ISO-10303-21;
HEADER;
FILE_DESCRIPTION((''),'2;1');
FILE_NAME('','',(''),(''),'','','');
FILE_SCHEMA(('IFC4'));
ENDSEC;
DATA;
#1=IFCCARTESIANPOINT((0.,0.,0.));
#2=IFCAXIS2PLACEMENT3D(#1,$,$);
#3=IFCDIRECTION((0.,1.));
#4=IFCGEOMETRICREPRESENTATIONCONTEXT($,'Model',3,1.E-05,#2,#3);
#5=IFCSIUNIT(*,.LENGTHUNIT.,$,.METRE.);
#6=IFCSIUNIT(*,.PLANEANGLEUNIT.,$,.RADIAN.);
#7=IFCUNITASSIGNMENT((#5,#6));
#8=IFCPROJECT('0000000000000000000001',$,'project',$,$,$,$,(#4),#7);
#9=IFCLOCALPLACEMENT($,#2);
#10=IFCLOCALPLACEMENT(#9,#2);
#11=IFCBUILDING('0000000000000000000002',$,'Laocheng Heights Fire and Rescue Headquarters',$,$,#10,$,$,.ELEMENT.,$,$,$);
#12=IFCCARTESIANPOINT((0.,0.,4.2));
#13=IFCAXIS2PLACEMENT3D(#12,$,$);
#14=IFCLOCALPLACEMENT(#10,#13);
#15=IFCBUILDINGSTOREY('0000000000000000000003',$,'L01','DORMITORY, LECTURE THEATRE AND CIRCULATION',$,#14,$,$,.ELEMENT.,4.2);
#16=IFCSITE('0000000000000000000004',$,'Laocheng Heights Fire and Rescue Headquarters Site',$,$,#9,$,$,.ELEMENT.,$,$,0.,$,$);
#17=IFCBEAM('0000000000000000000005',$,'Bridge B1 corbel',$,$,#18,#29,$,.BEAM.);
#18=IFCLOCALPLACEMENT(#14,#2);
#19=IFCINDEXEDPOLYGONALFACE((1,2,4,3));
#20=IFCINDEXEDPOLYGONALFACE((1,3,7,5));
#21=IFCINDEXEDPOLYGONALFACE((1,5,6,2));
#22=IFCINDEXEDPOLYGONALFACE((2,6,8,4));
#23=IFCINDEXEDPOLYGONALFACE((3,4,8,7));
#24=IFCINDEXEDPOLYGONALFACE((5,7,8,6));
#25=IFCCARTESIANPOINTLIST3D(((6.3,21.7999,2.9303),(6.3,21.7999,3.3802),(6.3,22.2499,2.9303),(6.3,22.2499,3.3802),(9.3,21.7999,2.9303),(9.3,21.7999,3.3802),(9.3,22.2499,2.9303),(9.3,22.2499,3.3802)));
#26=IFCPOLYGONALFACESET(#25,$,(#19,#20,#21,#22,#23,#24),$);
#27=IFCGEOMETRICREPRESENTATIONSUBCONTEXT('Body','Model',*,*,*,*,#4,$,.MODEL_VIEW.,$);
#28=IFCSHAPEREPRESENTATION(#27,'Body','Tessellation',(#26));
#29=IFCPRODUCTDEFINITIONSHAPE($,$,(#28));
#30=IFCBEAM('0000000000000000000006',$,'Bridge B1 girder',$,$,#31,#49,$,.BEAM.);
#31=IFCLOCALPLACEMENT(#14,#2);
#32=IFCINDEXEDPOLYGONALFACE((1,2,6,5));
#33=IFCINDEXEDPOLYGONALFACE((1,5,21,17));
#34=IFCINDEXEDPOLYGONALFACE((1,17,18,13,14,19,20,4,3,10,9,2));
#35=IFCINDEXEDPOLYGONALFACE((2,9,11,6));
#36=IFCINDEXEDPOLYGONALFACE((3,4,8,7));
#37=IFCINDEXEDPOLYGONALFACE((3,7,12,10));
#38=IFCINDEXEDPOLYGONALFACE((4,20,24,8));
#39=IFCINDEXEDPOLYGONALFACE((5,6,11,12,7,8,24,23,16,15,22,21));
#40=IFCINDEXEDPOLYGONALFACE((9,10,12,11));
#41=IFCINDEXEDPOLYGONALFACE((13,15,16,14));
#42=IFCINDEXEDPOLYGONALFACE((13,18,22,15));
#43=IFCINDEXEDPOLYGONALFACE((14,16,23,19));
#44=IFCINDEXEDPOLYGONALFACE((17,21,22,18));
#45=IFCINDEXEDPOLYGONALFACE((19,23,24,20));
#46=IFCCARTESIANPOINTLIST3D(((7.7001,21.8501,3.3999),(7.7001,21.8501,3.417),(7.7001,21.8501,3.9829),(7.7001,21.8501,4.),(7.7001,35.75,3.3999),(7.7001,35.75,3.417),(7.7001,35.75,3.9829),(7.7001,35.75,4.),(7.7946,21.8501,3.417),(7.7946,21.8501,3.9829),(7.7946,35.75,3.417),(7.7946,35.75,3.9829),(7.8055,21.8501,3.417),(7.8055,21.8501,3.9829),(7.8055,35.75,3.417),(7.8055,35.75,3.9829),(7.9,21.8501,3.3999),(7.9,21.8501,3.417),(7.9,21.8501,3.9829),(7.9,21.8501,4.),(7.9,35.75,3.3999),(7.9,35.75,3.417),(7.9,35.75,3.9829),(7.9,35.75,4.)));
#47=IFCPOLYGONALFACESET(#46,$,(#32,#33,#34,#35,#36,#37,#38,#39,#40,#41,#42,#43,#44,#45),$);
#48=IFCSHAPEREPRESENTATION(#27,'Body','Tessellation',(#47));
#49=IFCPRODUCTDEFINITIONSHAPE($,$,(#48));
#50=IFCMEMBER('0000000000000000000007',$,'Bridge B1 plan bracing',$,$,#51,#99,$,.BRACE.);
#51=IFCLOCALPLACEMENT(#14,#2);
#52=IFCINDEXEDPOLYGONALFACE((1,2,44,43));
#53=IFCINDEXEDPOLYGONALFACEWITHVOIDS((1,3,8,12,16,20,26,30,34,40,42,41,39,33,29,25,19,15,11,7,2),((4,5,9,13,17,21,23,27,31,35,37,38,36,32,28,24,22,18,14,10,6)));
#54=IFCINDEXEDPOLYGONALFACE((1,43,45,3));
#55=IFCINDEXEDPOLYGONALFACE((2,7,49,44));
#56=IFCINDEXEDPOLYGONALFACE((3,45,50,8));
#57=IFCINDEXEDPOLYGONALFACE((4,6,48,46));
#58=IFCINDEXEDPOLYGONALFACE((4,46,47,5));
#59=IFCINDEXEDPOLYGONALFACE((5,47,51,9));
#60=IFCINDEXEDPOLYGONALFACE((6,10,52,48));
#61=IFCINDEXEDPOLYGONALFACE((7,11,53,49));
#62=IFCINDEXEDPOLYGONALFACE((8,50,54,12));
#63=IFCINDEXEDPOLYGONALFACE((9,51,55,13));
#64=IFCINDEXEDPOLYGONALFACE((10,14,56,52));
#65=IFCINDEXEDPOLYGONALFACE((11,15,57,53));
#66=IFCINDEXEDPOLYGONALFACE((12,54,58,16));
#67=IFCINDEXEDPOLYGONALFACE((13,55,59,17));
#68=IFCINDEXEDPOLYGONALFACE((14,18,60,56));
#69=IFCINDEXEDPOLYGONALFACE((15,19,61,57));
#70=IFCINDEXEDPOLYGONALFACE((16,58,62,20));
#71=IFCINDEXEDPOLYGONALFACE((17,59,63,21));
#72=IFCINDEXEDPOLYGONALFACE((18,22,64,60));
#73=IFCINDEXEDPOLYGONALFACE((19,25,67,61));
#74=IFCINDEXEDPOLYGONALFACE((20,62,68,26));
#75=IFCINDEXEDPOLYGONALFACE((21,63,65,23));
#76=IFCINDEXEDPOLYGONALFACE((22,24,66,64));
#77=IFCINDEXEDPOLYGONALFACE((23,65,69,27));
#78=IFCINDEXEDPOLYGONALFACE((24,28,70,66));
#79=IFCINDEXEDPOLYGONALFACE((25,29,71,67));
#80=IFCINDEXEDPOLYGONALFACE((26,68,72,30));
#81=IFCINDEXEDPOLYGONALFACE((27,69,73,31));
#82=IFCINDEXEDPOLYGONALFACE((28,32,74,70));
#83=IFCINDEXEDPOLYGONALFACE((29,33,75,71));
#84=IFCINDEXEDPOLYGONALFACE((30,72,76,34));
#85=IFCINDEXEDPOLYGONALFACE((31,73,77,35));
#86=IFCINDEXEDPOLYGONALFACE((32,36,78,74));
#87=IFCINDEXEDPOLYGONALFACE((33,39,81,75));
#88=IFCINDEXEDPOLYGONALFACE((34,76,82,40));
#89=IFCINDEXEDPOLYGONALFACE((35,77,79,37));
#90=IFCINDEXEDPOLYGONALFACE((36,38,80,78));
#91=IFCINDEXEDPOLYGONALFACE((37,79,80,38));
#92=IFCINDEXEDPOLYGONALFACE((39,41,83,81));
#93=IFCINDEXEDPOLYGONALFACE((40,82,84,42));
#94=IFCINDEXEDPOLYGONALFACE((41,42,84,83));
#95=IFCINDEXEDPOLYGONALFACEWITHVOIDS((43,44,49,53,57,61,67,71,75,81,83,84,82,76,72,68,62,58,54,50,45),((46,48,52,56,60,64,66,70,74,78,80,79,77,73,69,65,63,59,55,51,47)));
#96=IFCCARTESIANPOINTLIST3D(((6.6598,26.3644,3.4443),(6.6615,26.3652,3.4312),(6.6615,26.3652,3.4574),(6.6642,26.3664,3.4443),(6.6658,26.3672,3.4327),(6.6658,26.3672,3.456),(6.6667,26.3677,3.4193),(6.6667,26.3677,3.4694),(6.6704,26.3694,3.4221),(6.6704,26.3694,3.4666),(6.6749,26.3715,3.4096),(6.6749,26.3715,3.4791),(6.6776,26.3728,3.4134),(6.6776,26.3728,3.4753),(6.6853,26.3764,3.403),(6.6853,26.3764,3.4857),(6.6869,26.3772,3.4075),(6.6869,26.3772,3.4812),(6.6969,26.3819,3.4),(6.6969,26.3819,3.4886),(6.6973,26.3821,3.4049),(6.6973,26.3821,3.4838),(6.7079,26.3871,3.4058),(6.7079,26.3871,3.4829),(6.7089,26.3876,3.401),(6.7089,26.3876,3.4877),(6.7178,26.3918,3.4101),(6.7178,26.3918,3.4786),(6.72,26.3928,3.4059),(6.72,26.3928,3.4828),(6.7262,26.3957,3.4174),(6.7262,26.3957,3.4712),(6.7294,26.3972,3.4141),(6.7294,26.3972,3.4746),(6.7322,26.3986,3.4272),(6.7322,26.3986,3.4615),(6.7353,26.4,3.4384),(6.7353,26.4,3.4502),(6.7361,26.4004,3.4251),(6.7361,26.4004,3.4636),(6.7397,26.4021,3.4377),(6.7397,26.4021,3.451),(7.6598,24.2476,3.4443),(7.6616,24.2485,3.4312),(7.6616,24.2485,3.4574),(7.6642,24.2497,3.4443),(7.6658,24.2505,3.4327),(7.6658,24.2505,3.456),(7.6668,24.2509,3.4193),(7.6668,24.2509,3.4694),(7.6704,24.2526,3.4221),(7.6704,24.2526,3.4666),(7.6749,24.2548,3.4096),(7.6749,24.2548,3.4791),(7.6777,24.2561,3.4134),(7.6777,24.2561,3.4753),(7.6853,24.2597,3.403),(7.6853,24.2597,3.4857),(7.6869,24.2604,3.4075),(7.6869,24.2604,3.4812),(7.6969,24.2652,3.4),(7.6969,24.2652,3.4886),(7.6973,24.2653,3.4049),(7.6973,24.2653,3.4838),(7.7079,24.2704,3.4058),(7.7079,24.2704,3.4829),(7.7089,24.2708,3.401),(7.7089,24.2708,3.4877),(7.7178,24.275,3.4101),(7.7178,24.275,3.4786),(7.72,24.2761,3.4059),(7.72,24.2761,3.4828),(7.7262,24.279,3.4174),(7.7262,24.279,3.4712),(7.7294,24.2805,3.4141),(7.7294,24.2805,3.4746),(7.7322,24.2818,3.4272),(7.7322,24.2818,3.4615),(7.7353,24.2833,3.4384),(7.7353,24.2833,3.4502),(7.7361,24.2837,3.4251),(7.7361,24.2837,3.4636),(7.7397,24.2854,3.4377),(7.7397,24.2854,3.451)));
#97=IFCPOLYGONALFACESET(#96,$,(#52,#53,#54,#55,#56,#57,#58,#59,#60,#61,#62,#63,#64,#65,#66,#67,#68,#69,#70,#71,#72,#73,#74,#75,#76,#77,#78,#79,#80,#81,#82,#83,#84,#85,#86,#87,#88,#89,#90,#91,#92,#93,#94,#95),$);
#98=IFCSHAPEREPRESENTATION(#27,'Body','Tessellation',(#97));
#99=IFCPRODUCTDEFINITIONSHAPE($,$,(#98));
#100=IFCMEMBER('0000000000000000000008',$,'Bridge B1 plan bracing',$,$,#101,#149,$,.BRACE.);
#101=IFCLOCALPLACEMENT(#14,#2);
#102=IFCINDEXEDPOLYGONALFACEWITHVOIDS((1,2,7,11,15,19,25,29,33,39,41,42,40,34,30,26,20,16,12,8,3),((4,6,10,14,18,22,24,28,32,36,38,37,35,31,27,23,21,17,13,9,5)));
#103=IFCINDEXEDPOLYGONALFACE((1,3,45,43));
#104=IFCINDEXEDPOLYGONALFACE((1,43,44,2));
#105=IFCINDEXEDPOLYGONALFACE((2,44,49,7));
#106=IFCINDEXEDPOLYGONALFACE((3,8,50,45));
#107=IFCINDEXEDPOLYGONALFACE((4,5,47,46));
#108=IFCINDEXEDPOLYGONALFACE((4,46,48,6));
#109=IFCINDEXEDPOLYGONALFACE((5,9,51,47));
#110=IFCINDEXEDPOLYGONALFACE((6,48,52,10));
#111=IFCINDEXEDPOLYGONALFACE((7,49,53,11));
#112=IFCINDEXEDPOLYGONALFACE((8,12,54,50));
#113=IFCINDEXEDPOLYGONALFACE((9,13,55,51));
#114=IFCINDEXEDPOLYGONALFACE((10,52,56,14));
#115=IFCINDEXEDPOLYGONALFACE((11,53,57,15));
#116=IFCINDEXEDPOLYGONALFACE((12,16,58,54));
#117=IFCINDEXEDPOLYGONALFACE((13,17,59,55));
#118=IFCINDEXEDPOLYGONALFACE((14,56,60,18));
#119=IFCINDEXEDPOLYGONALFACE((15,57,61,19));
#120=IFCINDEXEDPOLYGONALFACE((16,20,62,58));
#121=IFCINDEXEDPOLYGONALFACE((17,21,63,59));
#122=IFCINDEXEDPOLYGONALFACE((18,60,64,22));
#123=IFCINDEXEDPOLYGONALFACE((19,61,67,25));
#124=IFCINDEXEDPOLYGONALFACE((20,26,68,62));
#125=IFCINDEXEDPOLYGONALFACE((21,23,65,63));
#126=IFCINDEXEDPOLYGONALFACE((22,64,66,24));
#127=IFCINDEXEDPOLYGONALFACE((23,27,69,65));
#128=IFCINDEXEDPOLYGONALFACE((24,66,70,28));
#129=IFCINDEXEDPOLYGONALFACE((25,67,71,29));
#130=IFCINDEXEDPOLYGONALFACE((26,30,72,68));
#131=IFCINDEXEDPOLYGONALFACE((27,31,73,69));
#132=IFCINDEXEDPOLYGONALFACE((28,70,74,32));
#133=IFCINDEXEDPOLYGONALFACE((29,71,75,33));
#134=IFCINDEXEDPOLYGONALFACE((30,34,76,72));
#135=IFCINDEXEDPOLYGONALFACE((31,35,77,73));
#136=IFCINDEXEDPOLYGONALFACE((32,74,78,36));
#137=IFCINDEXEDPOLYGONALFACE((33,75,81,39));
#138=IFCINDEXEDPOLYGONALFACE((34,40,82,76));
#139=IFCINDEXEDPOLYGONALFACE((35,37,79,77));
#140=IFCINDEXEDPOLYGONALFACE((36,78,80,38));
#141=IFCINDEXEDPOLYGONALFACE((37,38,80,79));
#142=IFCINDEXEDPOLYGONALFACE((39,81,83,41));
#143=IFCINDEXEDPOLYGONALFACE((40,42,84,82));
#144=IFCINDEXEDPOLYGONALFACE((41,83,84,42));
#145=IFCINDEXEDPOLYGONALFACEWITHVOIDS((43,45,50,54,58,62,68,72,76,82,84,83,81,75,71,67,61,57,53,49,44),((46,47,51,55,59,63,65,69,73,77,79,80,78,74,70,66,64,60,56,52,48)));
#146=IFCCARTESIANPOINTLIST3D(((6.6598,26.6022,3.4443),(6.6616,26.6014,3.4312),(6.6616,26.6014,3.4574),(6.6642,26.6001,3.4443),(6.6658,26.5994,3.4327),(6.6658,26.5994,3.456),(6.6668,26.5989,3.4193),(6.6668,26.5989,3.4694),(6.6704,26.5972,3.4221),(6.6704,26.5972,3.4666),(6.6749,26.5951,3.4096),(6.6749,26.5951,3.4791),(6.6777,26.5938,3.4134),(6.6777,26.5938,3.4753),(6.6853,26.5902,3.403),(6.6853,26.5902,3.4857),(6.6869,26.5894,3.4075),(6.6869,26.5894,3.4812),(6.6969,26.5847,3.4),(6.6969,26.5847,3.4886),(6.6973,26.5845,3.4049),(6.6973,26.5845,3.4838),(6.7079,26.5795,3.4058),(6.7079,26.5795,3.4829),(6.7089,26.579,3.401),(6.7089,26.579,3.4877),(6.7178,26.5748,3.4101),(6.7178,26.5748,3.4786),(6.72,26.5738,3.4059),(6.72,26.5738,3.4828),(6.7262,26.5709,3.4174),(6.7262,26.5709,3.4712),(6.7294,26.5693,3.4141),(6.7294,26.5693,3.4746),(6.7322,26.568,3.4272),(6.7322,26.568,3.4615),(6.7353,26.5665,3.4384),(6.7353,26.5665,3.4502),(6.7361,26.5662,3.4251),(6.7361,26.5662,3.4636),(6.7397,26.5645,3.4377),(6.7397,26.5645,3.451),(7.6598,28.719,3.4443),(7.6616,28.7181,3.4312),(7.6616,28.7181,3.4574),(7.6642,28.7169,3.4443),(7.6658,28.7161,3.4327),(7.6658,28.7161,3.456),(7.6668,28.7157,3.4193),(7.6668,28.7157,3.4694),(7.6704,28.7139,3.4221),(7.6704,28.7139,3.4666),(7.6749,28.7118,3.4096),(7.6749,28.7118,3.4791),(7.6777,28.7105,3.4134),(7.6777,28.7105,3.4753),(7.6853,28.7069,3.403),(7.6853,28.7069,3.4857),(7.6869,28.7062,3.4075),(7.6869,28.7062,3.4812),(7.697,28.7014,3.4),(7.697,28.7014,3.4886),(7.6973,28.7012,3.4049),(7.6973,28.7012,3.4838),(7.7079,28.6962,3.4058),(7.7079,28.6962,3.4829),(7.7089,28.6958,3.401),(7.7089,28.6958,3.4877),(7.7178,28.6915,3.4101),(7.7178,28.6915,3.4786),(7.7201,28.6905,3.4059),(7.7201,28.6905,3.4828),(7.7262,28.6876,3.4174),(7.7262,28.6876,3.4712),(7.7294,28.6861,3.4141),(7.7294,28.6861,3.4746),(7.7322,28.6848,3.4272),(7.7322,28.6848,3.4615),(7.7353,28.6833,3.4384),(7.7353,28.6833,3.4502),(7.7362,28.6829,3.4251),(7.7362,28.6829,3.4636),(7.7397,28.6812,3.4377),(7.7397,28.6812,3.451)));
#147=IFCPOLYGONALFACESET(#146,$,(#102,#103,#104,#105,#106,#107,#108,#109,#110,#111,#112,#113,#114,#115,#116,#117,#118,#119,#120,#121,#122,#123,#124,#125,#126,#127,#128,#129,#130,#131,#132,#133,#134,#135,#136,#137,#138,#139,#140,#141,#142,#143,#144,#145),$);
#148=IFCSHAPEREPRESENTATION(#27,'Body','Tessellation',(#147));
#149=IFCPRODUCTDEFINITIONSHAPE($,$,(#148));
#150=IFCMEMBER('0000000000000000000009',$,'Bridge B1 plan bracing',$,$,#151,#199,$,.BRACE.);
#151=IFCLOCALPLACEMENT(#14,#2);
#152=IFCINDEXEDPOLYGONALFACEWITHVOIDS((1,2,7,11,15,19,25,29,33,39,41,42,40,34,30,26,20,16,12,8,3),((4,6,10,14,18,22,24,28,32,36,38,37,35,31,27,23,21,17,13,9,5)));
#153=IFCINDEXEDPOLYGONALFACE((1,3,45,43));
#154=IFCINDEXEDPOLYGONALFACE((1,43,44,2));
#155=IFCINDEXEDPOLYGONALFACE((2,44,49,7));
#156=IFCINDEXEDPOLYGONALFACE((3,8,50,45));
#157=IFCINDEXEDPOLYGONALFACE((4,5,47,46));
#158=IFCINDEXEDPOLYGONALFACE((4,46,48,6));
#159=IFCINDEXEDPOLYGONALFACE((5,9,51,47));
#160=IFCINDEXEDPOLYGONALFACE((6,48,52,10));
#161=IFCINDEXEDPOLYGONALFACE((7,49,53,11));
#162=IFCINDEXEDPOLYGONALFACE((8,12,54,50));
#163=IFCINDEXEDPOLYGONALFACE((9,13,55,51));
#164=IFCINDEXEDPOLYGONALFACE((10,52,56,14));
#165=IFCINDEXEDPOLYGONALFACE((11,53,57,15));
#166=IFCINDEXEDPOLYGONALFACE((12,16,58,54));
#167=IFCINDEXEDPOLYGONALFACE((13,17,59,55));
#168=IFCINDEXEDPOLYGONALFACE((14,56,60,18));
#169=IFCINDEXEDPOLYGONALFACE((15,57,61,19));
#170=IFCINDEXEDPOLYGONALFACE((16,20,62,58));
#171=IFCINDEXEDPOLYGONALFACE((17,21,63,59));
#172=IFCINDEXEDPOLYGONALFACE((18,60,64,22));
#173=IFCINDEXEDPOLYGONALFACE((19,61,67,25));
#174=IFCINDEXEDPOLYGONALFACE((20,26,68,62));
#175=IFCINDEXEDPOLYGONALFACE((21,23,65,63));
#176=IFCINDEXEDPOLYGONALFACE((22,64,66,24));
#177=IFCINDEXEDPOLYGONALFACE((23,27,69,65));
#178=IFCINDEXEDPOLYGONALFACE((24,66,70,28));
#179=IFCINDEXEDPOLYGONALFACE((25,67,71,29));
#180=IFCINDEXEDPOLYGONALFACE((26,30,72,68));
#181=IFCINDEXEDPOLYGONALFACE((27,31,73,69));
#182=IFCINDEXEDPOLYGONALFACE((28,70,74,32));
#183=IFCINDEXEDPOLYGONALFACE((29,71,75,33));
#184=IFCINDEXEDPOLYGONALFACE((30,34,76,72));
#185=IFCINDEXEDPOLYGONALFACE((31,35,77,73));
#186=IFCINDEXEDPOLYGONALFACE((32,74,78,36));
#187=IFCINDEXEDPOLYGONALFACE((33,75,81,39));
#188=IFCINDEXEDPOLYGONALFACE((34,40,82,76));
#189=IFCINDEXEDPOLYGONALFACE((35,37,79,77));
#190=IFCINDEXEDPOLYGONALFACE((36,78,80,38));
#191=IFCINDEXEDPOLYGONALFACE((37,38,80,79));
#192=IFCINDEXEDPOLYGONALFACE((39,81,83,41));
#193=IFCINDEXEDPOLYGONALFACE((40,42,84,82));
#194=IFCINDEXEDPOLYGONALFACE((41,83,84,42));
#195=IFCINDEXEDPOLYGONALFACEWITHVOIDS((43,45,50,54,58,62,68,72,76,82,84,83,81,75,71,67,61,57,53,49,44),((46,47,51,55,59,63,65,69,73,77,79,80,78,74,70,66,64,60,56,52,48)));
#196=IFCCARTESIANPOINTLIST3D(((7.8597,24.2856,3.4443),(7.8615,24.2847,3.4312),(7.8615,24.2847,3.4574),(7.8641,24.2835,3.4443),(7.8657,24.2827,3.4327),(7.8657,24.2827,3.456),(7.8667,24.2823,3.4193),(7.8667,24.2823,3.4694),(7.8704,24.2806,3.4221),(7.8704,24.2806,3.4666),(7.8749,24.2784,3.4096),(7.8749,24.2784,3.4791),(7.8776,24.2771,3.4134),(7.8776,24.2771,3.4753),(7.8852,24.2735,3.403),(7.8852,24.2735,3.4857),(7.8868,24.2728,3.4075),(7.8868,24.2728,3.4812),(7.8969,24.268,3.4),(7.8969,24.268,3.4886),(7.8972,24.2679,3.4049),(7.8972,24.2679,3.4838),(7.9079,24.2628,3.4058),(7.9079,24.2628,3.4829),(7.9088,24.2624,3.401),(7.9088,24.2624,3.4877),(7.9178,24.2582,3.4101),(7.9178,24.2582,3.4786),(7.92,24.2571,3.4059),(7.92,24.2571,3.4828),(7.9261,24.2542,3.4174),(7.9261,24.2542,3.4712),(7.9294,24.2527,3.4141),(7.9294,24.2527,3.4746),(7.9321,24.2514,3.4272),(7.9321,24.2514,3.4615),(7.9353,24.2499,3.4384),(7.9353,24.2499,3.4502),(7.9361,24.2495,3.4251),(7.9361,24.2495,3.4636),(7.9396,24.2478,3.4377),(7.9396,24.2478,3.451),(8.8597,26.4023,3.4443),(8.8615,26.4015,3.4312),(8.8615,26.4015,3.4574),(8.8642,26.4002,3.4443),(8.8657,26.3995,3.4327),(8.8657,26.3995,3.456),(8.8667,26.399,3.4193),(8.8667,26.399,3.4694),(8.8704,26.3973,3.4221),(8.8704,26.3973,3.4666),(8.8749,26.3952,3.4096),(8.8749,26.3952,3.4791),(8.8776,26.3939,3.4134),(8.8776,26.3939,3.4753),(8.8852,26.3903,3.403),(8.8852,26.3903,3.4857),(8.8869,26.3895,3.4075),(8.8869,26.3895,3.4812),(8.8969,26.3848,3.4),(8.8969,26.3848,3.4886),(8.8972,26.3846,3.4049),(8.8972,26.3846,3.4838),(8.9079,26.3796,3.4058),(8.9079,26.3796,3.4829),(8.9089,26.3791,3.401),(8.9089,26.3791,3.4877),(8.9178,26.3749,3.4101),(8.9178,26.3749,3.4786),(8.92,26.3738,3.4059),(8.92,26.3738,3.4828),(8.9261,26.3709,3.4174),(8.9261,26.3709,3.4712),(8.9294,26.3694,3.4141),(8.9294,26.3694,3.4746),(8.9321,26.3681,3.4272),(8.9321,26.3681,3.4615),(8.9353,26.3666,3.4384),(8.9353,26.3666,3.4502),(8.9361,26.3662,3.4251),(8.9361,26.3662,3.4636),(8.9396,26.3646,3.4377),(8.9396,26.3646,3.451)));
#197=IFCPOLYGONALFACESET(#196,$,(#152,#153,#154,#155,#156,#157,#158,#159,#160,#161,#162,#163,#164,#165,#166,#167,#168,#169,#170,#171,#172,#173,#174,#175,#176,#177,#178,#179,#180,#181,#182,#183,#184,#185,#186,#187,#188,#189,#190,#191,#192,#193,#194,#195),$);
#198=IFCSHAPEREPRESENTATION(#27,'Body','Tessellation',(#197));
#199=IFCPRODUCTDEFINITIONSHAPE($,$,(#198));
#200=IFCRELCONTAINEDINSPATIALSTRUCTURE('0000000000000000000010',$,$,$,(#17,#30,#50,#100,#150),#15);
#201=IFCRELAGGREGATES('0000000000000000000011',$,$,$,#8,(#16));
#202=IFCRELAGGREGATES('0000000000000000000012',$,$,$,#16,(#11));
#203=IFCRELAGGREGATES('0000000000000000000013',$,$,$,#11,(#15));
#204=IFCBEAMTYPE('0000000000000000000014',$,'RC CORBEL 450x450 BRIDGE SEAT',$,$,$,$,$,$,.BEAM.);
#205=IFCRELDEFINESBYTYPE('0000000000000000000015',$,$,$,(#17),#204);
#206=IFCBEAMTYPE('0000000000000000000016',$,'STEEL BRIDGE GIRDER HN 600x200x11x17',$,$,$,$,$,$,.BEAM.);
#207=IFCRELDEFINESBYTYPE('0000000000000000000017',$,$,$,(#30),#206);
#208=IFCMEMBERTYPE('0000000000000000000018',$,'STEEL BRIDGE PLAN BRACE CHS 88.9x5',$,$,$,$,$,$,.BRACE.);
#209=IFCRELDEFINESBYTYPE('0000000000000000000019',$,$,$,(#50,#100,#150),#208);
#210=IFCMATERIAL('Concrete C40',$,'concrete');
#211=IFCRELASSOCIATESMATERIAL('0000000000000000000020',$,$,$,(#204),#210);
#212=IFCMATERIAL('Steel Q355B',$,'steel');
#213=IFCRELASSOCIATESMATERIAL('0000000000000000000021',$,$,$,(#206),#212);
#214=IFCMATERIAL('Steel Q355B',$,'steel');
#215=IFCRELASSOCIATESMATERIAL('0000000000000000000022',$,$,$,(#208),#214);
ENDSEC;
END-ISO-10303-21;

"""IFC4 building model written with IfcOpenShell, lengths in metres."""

from ifc_helpers import new_model, si_unit, direction, frame, origin, origin_2d, place, context, subcontext, project, spatial, rectangle, hollow_circle, i_section, extrude, material, material_profile, profile_set, type_object, element, save


model = new_model("IFC4")

# Units and contexts
model_context = context("Model", 3, precision=1e-05, world=origin(), true_north=direction((0.0, 1.0)))
body_context = subcontext(model_context, "Body", "Model", "MODEL_VIEW")
ifc_project = project(units=[si_unit("LENGTHUNIT", "METRE"), si_unit("PLANEANGLEUNIT", "RADIAN")], contexts=[model_context])

# Site, building, storey
site_placement = place(None, origin())
site = spatial("IfcSite", under=ifc_project, at=site_placement, Name="Laocheng Heights Fire and Rescue Headquarters Site", CompositionType="ELEMENT", RefElevation=0.0)
building_placement = place(site_placement, origin())
building = spatial("IfcBuilding", under=site, at=building_placement, Name="Laocheng Heights Fire and Rescue Headquarters", CompositionType="ELEMENT")
storey_placement = place(building_placement, frame((0.0, 0.0, 4.2)))
storey = spatial("IfcBuildingStorey", under=building, at=storey_placement, Name="L01", Description="DORMITORY, LECTURE THEATRE AND CIRCULATION", CompositionType="ELEMENT", Elevation=4.2)

# Beams
ifc_material_1 = material(Name="Concrete C40", Category="concrete")
ifc_material_profile_1 = material_profile(ifc_material_1, rectangle(XDim=0.45, YDim=0.45, at=origin_2d()), Name="RC CORBEL 450x450 BRIDGE SEAT")
ifc_profile_set_1 = profile_set([ifc_material_profile_1], Name="Concrete C40")
beam_type_1 = type_object("IfcBeamType", Name="RC CORBEL 450x450 BRIDGE SEAT", PredefinedType="BEAM", material=ifc_profile_set_1)
beam_1_placement = place(storey_placement, frame((6.3, 22.0249, 3.1553), z_axis=(1.0, 0.0, 0.0), x_axis=(0.0, 1.0, 0.0)))
element("IfcBeam", 1, at=beam_1_placement, inside=storey, type_object=beam_type_1, Name="Bridge B1 corbel", PredefinedType="BEAM", context=body_context, shape_type="SweptSolid", body=[
    extrude(rectangle(XDim=0.45, YDim=0.45, at=origin_2d()), origin(), (0.0, 0.0, 1.0), 3.0),
])
ifc_material_2 = material(Name="Steel Q355B", Category="steel")
ifc_material_profile_2 = material_profile(ifc_material_2, i_section(OverallWidth=0.2, OverallDepth=0.6001, WebThickness=0.011, FlangeThickness=0.0171, at=origin_2d()), Name="HN 600x200x11x17")
ifc_profile_set_2 = profile_set([ifc_material_profile_2], Name="Steel Q355B")
beam_type_2 = type_object("IfcBeamType", Name="STEEL BRIDGE GIRDER HN 600x200x11x17", PredefinedType="BEAM", material=ifc_profile_set_2)
beam_2_placement = place(storey_placement, frame((7.8, 21.8501, 3.7), z_axis=(0.0, 1.0, 0.0), x_axis=(-1.0, 0.0, 0.0)))
element("IfcBeam", 2, at=beam_2_placement, inside=storey, type_object=beam_type_2, Name="Bridge B1 girder", PredefinedType="BEAM", context=body_context, shape_type="SweptSolid", body=[
    extrude(i_section(OverallWidth=0.2, OverallDepth=0.6001, WebThickness=0.011, FlangeThickness=0.0171, at=origin_2d()), origin(), (0.0, 0.0, 1.0), 13.8999),
])

# Members
ifc_material_3 = material(Name="Steel Q355B", Category="steel")
ifc_material_profile_3 = material_profile(ifc_material_3, hollow_circle(Radius=0.0444, WallThickness=0.0049, at=origin_2d()), Name="CHS 88.9x5")
ifc_profile_set_3 = profile_set([ifc_material_profile_3], Name="Steel Q355B")
member_type = type_object("IfcMemberType", Name="STEEL BRIDGE PLAN BRACE CHS 88.9x5", PredefinedType="BRACE", material=ifc_profile_set_3)
for number, where, z_axis, x_axis, name in (
    (3, (7.7, 24.2666, 3.4443), (-0.427163, 0.904175, 0.0), (-0.904175, -0.427163, 0.0), "Bridge B1 plan bracing"),
    (4, (6.7, 26.5833, 3.4443), (0.427163, 0.904175, 0.0), (-0.904175, 0.427163, 0.0), "Bridge B1 plan bracing"),
    (5, (7.8999, 24.2666, 3.4443), (0.427163, 0.904175, 0.0), (-0.904175, 0.427163, 0.0), "Bridge B1 plan bracing"),
):
    element("IfcMember", number, at=place(storey_placement, frame(where, z_axis=z_axis, x_axis=x_axis)), inside=storey, type_object=member_type, Name=name, PredefinedType="BRACE", context=body_context, shape_type="SweptSolid", body=[
        extrude(hollow_circle(Radius=0.0444, WallThickness=0.0049, at=origin_2d()), origin(), (0.0, 0.0, 1.0), 2.3411),
    ])

save(model, "model.ifc")
